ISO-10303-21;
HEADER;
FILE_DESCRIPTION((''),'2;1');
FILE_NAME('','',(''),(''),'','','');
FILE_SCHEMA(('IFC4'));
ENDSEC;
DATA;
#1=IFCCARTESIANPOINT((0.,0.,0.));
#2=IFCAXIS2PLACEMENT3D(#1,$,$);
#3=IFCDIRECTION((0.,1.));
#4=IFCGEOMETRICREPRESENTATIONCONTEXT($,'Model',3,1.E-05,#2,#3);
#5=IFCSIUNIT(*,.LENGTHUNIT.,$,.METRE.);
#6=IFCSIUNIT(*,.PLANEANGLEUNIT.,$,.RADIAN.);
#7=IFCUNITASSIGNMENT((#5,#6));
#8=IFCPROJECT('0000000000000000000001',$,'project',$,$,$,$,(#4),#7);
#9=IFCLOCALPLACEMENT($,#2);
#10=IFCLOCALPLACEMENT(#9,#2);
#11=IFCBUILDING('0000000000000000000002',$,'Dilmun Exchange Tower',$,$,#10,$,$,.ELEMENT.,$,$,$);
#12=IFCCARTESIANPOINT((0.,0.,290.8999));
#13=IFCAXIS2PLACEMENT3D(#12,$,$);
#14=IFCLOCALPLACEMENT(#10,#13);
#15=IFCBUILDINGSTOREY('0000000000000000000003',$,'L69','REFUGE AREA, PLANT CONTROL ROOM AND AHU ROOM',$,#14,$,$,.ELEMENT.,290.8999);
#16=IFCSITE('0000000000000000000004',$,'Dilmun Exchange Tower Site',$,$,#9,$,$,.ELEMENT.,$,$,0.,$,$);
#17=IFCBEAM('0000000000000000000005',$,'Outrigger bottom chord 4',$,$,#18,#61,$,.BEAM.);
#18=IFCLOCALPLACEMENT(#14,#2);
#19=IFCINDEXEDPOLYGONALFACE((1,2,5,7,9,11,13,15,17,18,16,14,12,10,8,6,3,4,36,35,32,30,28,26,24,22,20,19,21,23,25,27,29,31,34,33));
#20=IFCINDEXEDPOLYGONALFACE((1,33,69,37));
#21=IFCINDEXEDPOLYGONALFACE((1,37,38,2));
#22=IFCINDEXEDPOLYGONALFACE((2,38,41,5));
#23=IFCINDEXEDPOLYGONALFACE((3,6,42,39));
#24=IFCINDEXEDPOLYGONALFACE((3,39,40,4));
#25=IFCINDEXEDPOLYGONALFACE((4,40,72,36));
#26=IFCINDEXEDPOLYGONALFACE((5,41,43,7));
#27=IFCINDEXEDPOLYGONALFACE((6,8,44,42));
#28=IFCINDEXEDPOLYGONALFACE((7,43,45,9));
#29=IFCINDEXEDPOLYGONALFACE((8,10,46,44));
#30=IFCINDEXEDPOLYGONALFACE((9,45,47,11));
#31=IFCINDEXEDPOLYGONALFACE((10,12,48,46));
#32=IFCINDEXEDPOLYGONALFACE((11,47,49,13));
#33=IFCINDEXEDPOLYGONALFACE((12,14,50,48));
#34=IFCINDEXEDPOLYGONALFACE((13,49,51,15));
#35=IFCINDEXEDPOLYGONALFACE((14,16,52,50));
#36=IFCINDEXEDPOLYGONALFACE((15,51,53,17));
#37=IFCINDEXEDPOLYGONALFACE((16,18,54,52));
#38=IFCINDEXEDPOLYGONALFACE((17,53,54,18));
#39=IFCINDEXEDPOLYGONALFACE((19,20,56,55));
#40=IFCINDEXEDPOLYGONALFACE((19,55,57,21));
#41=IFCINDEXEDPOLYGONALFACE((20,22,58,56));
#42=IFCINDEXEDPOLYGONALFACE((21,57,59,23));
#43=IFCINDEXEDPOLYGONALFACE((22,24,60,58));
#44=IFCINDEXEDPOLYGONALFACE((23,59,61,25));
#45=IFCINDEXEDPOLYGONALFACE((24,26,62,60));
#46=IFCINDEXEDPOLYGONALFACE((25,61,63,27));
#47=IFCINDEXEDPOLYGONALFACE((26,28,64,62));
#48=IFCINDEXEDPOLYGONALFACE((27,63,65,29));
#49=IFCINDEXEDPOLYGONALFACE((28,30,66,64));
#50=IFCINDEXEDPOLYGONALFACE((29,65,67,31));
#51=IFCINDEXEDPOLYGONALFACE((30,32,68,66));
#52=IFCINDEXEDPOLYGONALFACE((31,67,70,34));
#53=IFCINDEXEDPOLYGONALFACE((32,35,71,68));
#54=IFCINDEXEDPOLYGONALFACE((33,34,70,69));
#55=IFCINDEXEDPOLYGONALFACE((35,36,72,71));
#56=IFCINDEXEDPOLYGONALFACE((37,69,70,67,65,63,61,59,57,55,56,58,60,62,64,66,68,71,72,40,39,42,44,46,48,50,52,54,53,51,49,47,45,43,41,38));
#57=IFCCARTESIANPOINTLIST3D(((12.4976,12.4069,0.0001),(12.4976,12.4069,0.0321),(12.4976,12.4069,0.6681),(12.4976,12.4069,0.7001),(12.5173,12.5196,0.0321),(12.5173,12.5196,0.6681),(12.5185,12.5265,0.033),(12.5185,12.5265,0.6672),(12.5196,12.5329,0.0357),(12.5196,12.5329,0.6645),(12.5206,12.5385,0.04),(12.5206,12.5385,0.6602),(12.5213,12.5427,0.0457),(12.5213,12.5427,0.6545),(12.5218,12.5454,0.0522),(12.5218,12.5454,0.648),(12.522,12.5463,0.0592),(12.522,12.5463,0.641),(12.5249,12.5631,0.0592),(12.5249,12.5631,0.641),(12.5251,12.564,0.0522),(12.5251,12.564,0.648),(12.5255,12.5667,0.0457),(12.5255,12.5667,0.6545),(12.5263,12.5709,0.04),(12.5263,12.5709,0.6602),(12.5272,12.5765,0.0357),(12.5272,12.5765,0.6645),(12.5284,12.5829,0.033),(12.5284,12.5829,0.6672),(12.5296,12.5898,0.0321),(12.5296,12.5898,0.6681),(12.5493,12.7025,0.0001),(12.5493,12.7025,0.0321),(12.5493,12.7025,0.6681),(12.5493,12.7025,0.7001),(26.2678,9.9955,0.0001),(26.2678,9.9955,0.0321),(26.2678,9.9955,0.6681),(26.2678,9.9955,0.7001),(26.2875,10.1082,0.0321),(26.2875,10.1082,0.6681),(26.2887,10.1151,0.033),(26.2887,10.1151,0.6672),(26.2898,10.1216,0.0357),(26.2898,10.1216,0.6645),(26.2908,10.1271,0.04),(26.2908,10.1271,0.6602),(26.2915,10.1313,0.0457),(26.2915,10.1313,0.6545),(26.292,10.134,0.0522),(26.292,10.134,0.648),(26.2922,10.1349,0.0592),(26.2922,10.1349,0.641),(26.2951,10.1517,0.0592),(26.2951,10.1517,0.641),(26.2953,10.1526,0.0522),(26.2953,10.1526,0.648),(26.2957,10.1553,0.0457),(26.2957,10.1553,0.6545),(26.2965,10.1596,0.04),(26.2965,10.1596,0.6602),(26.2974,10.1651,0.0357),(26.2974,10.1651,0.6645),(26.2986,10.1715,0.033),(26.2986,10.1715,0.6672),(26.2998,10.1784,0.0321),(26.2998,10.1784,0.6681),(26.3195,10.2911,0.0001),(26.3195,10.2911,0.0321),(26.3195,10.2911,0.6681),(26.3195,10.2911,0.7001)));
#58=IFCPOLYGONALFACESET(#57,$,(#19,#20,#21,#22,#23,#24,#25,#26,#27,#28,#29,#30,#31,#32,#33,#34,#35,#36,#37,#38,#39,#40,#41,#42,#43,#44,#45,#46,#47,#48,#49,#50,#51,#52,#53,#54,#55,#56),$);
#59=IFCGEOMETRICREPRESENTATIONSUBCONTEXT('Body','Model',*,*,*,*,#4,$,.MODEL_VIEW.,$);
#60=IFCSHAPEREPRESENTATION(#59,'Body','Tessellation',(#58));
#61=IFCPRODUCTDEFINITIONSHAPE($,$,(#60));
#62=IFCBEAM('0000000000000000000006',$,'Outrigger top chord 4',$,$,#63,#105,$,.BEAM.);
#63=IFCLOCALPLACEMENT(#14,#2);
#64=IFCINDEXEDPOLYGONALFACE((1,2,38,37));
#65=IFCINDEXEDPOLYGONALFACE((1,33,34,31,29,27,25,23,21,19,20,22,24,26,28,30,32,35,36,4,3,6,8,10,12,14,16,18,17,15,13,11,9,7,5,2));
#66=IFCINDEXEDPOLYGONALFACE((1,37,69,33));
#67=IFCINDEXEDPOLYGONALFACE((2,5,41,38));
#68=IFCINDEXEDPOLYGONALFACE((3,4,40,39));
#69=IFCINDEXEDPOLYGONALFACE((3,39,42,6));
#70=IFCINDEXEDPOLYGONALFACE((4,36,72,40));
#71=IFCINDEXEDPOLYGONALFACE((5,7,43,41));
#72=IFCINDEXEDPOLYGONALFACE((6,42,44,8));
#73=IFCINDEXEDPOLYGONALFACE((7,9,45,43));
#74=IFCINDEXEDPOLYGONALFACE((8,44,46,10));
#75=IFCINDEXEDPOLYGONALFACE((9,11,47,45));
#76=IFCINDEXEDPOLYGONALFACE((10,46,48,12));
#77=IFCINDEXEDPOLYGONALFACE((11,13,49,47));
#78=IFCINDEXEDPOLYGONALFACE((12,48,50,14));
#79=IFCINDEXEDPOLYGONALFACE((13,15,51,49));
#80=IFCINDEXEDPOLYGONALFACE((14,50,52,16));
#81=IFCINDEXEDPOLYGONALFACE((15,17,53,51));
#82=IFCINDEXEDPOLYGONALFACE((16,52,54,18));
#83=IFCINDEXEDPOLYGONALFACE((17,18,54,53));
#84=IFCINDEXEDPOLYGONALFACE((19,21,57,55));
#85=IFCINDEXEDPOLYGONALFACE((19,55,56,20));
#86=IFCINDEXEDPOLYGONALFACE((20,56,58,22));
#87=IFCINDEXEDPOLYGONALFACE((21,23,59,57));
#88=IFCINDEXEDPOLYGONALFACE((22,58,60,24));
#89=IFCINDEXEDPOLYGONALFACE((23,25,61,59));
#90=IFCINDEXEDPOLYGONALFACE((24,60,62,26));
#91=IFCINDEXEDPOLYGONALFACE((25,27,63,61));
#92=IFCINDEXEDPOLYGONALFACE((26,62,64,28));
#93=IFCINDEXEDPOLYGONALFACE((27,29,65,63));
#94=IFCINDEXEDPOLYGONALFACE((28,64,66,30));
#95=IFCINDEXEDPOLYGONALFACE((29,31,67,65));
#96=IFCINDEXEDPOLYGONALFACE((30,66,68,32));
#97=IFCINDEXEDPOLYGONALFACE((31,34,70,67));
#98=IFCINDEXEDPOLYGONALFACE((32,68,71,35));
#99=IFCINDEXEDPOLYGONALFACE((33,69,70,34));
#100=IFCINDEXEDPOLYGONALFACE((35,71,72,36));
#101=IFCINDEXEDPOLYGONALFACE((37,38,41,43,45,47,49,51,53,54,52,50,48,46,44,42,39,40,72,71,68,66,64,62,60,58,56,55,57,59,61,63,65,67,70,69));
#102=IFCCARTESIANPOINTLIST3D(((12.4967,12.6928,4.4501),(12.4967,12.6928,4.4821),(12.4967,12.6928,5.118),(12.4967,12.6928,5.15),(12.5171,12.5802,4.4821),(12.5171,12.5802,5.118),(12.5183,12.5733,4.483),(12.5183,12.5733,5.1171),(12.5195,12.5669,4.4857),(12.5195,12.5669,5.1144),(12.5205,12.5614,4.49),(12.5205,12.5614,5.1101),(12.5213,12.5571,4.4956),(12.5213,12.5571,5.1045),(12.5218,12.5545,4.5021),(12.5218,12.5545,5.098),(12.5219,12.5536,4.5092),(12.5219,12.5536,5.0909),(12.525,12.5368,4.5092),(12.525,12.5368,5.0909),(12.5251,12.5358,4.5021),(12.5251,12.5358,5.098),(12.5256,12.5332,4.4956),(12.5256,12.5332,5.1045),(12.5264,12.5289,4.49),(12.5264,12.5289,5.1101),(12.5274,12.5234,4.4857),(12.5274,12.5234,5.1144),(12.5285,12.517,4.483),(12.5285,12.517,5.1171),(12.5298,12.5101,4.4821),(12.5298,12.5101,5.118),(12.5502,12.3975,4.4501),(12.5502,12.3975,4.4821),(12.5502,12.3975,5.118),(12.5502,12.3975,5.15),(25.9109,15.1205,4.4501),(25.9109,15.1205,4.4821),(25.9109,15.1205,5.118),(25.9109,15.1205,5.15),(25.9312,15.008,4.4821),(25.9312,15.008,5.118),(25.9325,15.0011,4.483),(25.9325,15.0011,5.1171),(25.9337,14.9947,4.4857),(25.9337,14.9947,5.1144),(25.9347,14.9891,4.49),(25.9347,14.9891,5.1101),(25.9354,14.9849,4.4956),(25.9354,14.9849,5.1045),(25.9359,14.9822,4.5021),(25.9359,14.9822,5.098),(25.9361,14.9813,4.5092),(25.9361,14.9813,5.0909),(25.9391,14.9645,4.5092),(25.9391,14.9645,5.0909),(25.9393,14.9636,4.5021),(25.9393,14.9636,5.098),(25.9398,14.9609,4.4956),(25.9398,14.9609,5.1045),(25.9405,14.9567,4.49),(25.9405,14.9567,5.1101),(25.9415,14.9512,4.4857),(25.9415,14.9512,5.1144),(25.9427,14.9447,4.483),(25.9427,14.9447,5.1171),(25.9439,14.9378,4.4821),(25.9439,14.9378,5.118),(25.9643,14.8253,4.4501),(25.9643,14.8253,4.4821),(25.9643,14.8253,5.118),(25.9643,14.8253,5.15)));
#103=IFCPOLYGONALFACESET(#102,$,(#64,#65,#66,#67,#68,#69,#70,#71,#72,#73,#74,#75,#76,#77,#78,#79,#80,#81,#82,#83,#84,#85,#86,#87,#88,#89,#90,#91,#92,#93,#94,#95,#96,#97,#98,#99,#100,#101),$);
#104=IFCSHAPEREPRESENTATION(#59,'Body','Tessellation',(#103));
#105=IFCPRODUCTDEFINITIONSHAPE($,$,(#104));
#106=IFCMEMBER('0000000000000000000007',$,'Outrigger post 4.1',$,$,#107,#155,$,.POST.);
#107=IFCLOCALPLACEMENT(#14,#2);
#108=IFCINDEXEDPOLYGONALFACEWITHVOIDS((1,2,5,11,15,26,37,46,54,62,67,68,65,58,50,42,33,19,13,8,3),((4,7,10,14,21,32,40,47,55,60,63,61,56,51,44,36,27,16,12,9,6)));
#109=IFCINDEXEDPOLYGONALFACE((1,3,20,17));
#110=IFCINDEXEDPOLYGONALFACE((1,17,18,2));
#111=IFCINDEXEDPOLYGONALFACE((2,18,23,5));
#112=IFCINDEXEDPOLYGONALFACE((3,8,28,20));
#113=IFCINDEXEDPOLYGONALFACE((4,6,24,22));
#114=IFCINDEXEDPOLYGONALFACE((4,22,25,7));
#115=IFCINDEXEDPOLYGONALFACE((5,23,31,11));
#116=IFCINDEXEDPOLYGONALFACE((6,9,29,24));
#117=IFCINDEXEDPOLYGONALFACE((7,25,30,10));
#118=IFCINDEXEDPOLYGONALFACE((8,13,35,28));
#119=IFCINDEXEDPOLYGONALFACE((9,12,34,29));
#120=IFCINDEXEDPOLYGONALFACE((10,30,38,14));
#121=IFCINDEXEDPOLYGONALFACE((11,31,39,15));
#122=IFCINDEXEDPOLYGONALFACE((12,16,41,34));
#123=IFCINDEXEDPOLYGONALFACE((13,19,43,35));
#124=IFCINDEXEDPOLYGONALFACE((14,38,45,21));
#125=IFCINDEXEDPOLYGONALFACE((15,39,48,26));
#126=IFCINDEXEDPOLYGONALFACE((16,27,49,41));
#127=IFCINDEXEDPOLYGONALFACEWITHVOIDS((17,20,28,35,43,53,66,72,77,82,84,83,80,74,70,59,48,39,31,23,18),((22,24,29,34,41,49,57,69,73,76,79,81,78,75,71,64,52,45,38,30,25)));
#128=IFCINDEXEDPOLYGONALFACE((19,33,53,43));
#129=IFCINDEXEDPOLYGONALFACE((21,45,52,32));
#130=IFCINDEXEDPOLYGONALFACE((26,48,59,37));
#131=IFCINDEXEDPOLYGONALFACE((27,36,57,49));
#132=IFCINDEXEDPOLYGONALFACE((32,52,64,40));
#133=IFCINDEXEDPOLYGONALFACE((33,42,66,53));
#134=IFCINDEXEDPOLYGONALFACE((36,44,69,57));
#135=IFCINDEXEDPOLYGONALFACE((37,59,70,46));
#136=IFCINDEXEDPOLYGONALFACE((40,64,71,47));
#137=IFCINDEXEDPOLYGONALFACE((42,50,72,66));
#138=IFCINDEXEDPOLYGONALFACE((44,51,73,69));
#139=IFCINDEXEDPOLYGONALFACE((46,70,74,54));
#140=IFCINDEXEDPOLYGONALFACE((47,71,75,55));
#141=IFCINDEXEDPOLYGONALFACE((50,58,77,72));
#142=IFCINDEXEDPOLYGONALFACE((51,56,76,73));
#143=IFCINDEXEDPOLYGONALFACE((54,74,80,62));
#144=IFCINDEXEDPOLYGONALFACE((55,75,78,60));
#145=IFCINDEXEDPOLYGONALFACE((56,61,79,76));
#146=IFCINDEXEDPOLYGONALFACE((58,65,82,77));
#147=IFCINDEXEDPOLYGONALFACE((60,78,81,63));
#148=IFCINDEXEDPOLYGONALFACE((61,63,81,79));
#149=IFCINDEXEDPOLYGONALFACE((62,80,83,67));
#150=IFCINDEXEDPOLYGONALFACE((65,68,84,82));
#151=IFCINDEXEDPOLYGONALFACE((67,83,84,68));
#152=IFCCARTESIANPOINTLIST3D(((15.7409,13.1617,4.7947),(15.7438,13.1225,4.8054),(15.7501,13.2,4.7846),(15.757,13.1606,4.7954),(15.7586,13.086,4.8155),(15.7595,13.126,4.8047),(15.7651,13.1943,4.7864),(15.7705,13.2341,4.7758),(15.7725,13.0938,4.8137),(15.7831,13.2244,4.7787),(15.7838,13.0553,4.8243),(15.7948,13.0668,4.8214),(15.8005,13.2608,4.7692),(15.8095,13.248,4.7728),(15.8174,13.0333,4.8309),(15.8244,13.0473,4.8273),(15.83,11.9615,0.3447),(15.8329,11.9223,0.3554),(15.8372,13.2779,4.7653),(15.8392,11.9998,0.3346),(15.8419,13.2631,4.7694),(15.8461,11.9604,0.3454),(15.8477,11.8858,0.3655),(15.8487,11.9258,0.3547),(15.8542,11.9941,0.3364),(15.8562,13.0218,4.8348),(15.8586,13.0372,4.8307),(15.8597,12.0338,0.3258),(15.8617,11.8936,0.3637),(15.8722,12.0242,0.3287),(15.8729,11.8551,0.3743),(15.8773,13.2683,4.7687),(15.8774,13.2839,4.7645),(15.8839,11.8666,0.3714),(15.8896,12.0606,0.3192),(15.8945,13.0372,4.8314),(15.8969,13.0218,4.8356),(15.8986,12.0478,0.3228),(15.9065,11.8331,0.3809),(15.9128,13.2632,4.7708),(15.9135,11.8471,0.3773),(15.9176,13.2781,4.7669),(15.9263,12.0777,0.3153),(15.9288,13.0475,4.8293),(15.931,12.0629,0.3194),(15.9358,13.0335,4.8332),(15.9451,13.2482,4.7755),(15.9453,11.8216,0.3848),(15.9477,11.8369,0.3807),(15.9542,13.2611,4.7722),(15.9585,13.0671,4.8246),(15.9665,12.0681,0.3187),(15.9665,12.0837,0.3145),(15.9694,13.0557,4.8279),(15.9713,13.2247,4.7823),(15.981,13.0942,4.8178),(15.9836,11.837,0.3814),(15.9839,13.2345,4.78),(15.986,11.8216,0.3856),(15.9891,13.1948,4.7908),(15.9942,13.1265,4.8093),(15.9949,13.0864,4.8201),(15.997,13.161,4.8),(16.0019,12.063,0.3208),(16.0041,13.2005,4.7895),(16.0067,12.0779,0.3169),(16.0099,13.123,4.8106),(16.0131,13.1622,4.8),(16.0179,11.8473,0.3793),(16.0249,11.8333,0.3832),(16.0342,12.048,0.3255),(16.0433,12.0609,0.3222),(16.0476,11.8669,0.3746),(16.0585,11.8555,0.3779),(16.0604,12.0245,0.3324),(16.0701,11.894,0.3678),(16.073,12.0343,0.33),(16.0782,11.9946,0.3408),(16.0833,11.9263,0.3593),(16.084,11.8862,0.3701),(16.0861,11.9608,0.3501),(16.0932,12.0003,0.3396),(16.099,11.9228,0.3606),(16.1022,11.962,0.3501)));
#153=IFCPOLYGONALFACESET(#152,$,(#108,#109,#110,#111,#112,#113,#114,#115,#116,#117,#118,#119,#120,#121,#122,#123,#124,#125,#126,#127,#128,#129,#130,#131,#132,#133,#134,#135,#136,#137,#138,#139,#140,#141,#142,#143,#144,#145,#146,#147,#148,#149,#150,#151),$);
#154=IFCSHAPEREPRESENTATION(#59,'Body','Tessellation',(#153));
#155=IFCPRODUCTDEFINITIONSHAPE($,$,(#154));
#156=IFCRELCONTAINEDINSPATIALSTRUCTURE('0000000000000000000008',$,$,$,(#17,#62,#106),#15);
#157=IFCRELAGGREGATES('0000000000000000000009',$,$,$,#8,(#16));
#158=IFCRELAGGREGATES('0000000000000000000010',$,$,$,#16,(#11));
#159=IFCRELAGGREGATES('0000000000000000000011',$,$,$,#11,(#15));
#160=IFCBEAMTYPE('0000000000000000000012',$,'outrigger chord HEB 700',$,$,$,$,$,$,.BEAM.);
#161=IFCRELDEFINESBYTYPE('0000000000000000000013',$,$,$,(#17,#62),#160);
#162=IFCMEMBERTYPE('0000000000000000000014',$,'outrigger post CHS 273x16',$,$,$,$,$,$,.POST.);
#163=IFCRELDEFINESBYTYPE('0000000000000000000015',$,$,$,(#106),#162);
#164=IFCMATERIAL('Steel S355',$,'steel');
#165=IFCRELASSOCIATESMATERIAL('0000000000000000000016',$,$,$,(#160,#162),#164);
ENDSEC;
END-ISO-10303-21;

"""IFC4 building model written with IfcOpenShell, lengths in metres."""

from ifc_helpers import new_model, si_unit, direction, frame, origin, origin_2d, place, context, subcontext, project, spatial, hollow_circle, i_section, extrude, material, material_profile, profile_set, type_object, element, save


model = new_model("IFC4")

# Units and contexts
model_context = context("Model", 3, precision=1e-05, world=origin(), true_north=direction((0.0, 1.0)))
body_context = subcontext(model_context, "Body", "Model", "MODEL_VIEW")
ifc_project = project(units=[si_unit("LENGTHUNIT", "METRE"), si_unit("PLANEANGLEUNIT", "RADIAN")], contexts=[model_context])

# Site, building, storey
site_placement = place(None, origin())
site = spatial("IfcSite", under=ifc_project, at=site_placement, Name="Dilmun Exchange Tower Site", CompositionType="ELEMENT", RefElevation=0.0)
building_placement = place(site_placement, origin())
building = spatial("IfcBuilding", under=site, at=building_placement, Name="Dilmun Exchange Tower", CompositionType="ELEMENT")
storey_placement = place(building_placement, frame((0.0, 0.0, 290.8999)))
storey = spatial("IfcBuildingStorey", under=building, at=storey_placement, Name="L69", Description="REFUGE AREA, PLANT CONTROL ROOM AND AHU ROOM", CompositionType="ELEMENT", Elevation=290.8999)

# Beams
ifc_material_1 = material(Name="Steel S355", Category="steel")
ifc_material_profile_1 = material_profile(ifc_material_1, i_section(OverallWidth=0.3, OverallDepth=0.7, WebThickness=0.0171, FlangeThickness=0.032, FilletRadius=0.0271, at=origin_2d()), Name="HEB 700")
ifc_profile_set_1 = profile_set([ifc_material_profile_1], Name="Steel S355")
beam_type = type_object("IfcBeamType", Name="outrigger chord HEB 700", PredefinedType="BEAM", material=ifc_profile_set_1)
beam_1_placement = place(storey_placement, frame((12.5234, 12.5547, 0.3501), z_axis=(0.985011, -0.17249, 0.0), x_axis=(0.17249, 0.985011, 0.0)))
element("IfcBeam", 1, at=beam_1_placement, inside=storey, type_object=beam_type, Name="Outrigger bottom chord 4", PredefinedType="BEAM", context=body_context, shape_type="SweptSolid", body=[
    extrude(i_section(OverallWidth=0.3, OverallDepth=0.7, WebThickness=0.0171, FlangeThickness=0.032, FilletRadius=0.0271, at=origin_2d()), origin(), (0.0, 0.0, 1.0), 13.9797),
])
beam_2_placement = place(storey_placement, frame((12.5234, 12.5452, 4.8), z_axis=(0.984014, 0.178091, 0.0), x_axis=(-0.178091, 0.984014, 0.0)))
element("IfcBeam", 2, at=beam_2_placement, inside=storey, type_object=beam_type, Name="Outrigger top chord 4", PredefinedType="BEAM", context=body_context, shape_type="SweptSolid", body=[
    extrude(i_section(OverallWidth=0.3, OverallDepth=0.7, WebThickness=0.0171, FlangeThickness=0.032, FilletRadius=0.0271, at=origin_2d()), origin(), (0.0, 0.0, 1.0), 13.6321),
])

# Member
ifc_material_profile_2 = material_profile(ifc_material_1, hollow_circle(Radius=0.1365, WallThickness=0.0161, at=origin_2d()), Name="CHS 273x16")
ifc_profile_set_2 = profile_set([ifc_material_profile_2], Name="Steel S355")
member_type_1 = type_object("IfcMemberType", Name="outrigger post CHS 273x16", PredefinedType="POST", material=ifc_profile_set_2)
member_1_placement = place(storey_placement, frame((15.877, 13.1521, 4.8), z_axis=(0.019331, -0.260356, -0.965319), x_axis=(0.997255, 0.074044, 0.0)))
element("IfcMember", 3, at=member_1_placement, inside=storey, type_object=member_type_1, Name="Outrigger post 4.1", PredefinedType="POST", context=body_context, shape_type="SweptSolid", body=[
    extrude(hollow_circle(Radius=0.1365, WallThickness=0.0161, at=origin_2d()), origin(), (0.0, 0.0, 1.0), 4.6099),
])

save(model, "model.ifc")
